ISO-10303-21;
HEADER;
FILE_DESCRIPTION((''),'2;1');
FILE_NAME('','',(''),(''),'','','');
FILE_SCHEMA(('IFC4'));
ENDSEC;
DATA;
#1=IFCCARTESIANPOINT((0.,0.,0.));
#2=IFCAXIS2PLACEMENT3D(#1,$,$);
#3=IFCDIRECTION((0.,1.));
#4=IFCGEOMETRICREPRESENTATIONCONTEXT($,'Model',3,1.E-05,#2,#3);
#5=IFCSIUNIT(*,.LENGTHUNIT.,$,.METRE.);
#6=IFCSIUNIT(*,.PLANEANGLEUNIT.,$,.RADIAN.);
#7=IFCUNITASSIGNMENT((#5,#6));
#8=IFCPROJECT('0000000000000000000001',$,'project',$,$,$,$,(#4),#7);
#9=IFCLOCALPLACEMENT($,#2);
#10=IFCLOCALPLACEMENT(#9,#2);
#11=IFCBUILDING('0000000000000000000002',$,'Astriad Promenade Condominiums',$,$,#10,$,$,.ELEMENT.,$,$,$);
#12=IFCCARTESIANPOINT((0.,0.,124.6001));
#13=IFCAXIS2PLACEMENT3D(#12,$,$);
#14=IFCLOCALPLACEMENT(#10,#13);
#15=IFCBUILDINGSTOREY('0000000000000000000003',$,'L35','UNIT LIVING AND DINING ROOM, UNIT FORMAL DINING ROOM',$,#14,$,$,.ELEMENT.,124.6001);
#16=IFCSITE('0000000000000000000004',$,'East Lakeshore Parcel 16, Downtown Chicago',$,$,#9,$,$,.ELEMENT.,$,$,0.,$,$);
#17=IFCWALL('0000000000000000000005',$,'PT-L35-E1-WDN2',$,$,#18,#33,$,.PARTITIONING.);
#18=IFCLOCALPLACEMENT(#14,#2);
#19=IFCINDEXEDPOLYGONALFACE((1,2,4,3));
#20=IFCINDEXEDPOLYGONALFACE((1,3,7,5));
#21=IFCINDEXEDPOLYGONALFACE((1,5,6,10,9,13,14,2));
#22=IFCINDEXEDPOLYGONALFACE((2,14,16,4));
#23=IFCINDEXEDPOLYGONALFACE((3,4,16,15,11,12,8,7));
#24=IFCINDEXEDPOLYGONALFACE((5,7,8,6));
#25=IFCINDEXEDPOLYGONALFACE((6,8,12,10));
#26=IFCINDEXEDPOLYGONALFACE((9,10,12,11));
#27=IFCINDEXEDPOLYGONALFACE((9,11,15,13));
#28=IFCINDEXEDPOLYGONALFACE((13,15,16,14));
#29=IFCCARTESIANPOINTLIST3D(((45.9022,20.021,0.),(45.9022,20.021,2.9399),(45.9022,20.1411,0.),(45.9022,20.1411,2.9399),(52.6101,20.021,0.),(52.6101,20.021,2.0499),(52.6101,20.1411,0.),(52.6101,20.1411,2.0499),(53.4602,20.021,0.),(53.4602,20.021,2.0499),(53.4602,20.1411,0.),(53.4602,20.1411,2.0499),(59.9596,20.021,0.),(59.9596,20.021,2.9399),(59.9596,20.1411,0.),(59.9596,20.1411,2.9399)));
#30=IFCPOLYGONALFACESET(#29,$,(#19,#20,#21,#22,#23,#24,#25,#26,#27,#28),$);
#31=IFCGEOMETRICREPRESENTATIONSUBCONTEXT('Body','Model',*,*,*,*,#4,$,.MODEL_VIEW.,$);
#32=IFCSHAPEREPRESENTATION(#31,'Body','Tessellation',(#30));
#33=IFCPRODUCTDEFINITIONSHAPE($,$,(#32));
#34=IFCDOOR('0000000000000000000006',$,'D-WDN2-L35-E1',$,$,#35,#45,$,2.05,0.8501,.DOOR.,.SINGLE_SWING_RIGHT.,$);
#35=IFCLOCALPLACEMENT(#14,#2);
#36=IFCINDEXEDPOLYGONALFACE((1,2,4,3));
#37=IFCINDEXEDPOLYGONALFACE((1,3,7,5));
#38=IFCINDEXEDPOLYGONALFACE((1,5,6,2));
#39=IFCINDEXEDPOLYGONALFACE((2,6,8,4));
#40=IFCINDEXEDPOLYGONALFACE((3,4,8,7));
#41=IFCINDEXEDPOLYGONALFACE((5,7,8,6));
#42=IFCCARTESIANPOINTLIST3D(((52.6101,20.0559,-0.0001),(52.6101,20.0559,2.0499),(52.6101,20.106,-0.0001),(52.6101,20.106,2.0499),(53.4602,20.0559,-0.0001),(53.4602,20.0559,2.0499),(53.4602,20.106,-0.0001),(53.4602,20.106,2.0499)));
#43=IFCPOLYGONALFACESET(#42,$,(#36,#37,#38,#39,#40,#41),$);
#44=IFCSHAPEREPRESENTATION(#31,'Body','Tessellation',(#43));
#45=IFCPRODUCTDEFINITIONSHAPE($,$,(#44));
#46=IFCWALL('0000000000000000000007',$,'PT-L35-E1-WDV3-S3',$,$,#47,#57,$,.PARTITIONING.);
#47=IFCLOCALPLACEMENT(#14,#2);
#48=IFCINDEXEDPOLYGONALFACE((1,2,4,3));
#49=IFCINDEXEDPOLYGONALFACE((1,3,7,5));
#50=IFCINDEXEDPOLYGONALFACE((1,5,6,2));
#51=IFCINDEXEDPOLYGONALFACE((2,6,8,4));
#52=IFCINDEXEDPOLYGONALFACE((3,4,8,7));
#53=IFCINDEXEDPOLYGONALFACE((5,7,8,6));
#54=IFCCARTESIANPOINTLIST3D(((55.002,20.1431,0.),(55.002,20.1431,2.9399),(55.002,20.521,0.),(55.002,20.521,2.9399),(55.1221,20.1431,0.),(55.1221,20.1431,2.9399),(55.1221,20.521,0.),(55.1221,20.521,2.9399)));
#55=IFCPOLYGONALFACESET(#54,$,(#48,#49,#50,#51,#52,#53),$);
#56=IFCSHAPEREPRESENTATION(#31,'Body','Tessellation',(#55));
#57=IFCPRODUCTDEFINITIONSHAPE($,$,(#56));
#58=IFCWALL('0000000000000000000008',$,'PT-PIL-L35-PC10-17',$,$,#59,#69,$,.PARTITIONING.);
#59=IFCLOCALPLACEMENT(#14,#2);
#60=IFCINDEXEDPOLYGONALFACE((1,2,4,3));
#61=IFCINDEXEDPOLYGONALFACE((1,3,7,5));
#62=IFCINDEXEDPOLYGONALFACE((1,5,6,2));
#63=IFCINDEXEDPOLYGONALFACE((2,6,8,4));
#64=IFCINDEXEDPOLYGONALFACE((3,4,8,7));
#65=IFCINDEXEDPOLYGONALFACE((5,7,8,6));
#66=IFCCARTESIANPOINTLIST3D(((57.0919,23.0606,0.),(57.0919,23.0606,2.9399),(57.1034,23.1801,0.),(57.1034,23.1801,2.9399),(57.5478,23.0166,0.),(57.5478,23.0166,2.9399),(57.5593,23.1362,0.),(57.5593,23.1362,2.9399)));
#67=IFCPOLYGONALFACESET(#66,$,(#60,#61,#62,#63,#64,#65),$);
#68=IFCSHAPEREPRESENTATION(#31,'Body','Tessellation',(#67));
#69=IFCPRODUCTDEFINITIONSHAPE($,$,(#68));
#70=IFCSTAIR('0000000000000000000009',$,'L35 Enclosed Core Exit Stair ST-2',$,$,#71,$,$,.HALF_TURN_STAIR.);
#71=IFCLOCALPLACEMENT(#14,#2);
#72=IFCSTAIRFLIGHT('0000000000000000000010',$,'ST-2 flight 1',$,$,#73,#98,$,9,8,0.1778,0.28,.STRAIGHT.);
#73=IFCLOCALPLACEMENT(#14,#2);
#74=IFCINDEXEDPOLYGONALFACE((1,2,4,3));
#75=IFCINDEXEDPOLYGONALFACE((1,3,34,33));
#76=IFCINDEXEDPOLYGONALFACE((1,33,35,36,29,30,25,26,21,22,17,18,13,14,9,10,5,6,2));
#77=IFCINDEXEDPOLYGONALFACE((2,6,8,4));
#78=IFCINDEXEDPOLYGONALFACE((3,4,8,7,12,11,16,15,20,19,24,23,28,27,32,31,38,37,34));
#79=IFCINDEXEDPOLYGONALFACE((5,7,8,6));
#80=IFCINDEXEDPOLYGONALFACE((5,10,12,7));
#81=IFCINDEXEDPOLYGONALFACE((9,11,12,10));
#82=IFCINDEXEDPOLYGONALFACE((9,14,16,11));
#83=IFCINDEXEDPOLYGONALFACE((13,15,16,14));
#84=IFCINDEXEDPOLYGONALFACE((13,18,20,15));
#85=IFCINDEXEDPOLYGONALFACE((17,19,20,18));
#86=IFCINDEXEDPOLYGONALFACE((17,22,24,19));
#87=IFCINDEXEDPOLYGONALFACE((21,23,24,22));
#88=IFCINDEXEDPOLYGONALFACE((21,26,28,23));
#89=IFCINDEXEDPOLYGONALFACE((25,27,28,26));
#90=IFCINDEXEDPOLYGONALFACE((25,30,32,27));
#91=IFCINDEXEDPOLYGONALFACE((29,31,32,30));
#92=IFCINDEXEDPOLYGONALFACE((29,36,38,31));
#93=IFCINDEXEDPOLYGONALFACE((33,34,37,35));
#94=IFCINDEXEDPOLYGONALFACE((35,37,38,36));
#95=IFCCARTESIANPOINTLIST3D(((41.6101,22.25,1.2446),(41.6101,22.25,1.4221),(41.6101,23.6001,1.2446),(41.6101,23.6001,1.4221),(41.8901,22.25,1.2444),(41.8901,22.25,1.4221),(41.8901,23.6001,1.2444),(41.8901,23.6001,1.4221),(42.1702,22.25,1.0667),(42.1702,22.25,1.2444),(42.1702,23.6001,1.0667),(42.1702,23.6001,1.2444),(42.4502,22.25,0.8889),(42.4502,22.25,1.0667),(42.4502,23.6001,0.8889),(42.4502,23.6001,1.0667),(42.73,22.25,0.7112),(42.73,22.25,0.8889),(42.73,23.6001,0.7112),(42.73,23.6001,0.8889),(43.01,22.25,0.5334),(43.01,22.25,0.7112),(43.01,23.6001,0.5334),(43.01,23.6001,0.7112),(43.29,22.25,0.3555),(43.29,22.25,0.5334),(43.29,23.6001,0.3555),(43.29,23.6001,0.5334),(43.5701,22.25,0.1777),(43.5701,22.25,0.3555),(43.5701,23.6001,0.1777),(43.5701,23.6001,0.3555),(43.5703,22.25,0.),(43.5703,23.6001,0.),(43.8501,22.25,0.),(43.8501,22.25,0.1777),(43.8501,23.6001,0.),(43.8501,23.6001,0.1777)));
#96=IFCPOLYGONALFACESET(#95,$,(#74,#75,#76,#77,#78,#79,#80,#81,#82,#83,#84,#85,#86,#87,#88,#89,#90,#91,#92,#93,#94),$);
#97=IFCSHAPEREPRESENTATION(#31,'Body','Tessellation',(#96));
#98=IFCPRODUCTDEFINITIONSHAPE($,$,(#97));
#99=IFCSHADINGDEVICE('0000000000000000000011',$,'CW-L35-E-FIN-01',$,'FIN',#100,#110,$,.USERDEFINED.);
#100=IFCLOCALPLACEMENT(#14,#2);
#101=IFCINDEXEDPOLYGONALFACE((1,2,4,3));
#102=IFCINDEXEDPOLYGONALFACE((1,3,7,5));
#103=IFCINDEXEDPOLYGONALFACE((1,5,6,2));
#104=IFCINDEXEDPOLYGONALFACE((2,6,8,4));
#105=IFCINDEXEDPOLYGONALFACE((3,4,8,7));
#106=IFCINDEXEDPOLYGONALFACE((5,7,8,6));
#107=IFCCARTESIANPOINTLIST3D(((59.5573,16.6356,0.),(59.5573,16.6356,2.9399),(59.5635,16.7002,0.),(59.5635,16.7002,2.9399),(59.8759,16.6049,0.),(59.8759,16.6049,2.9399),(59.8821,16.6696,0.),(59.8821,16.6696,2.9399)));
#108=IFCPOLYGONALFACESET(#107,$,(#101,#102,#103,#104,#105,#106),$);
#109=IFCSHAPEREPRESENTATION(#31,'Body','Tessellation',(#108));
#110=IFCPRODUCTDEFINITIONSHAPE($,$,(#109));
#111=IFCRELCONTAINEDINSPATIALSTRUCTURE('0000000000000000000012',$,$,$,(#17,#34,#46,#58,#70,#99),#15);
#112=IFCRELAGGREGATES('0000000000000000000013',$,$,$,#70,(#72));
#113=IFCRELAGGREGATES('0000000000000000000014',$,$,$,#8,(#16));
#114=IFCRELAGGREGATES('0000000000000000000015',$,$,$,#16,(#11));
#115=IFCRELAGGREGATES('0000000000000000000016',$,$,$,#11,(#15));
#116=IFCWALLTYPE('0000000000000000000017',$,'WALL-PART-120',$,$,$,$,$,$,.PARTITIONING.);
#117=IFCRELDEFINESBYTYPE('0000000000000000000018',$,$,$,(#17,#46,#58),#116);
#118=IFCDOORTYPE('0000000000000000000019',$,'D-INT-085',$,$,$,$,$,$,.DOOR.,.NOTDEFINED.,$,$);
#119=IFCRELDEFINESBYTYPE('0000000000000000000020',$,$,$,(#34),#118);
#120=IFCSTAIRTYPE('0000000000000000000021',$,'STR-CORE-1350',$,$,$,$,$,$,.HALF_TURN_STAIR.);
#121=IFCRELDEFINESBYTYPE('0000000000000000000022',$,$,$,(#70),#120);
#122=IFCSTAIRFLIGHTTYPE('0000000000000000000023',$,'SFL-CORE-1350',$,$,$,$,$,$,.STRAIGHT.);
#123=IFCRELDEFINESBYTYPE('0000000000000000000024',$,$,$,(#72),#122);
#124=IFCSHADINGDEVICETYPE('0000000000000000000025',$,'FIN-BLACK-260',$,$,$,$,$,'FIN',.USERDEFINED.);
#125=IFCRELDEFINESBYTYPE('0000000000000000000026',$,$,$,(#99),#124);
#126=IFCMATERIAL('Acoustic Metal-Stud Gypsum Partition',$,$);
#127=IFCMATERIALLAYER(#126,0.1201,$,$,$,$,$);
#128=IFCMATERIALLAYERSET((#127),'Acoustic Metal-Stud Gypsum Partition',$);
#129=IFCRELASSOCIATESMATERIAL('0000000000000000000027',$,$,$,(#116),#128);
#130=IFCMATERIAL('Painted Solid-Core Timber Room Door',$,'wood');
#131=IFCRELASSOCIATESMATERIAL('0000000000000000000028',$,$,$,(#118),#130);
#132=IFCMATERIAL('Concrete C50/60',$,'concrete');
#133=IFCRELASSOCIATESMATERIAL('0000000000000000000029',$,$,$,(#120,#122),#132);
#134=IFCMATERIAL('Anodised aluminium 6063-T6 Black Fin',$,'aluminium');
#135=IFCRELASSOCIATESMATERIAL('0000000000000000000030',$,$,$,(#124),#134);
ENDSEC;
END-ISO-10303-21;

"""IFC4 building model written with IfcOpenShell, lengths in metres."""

from ifc_helpers import new_model, si_unit, direction, frame, frame_2d, origin, origin_2d, place, context, subcontext, project, spatial, polyline, rectangle, outline, extrude, source, transform, mapped, material, layer, layer_set, type_object, type_shapes, element, fill, aggregate, save


model = new_model("IFC4")

# Units and contexts
model_context = context("Model", 3, precision=1e-05, world=origin(), true_north=direction((0.0, 1.0)))
body_context = subcontext(model_context, "Body", "Model", "MODEL_VIEW")
ifc_project = project(units=[si_unit("LENGTHUNIT", "METRE"), si_unit("PLANEANGLEUNIT", "RADIAN")], contexts=[model_context])

# Site, building, storey
site_placement = place(None, origin())
site = spatial("IfcSite", under=ifc_project, at=site_placement, Name="East Lakeshore Parcel 16, Downtown Chicago", CompositionType="ELEMENT", RefElevation=0.0)
building_placement = place(site_placement, origin())
building = spatial("IfcBuilding", under=site, at=building_placement, Name="Astriad Promenade Condominiums", CompositionType="ELEMENT")
storey_placement = place(building_placement, frame((0.0, 0.0, 124.6001)))
storey = spatial("IfcBuildingStorey", under=building, at=storey_placement, Name="L35", Description="UNIT LIVING AND DINING ROOM, UNIT FORMAL DINING ROOM", CompositionType="ELEMENT", Elevation=124.6001)

# Shared definitions
ifc_material_1 = material(Name="Acoustic Metal-Stud Gypsum Partition")
ifc_layer_1 = layer(ifc_material_1, 0.1201)
ifc_layer_set_1 = layer_set([ifc_layer_1], Name="Acoustic Metal-Stud Gypsum Partition")
wall_type_1 = type_object("IfcWallType", Name="WALL-PART-120", PredefinedType="PARTITIONING", material=ifc_layer_set_1)

# Wall, opening, door
ifc_material_2 = material(Name="Painted Solid-Core Timber Room Door", Category="wood")
door_type = type_object("IfcDoorType", Name="D-INT-085", OperationType="NOTDEFINED", PredefinedType="DOOR", material=ifc_material_2)
shared_shape_1 = source(origin(), body_context, "Body", "SweptSolid", [
    extrude(rectangle(XDim=0.8501, YDim=2.05, at=frame_2d((0.425, 1.0249))), frame((0.0, 0.0249, 0.0), z_axis=(0.0, -1.0, 0.0), x_axis=(1.0, 0.0, 0.0)), (0.0, 0.0, 1.0), 0.05),
])
type_shapes(door_type, [shared_shape_1])
wall_1_placement = place(storey_placement, frame((45.9021, 20.0811, 0.0), z_axis=(0.0, 0.0, 1.0), x_axis=(1.0, 0.0, 0.0)))
wall_1 = element("IfcWall", 1, at=wall_1_placement, inside=storey, type_object=wall_type_1, Name="PT-L35-E1-WDN2", PredefinedType="PARTITIONING", context=body_context, shape_type="SweptSolid", body=[
    extrude(rectangle(XDim=14.0574, YDim=0.1201, at=frame_2d((7.0288, 0.0))), origin(), (0.0, 0.0, 1.0), 2.9399),
])
opening_1_placement = place(wall_1_placement, frame((6.708, 0.0, 0.0)))
opening_1 = element("IfcOpeningElement", 2, at=opening_1_placement, cuts=wall_1, PredefinedType="OPENING", context=body_context, shape_type="SweptSolid", body=[
    extrude(rectangle(XDim=0.8501, YDim=2.05, at=frame_2d((0.425, 1.0249))), frame((0.0, 0.0701, 0.0), z_axis=(0.0, -1.0, 0.0), x_axis=(1.0, 0.0, 0.0)), (0.0, 0.0, 1.0), 0.1401),
])
door_1_placement = place(opening_1_placement, origin())
door_1 = element("IfcDoor", 3, at=door_1_placement, inside=storey, type_object=door_type, Name="D-WDN2-L35-E1", OperationType="SINGLE_SWING_RIGHT", OverallHeight=2.05, OverallWidth=0.8501, PredefinedType="DOOR", context=body_context, shape_type="MappedRepresentation", body=[
    mapped(shared_shape_1, transform((0.0, 0.0, 0.0), scale=1.0)),
])
fill(opening_1, door_1)

# Walls
wall_2_placement = place(storey_placement, frame((55.062, 20.1431, 0.0), z_axis=(0.0, 0.0, 1.0), x_axis=(0.0, 1.0, 0.0)))
element("IfcWall", 4, at=wall_2_placement, inside=storey, type_object=wall_type_1, Name="PT-L35-E1-WDV3-S3", PredefinedType="PARTITIONING", context=body_context, shape_type="SweptSolid", body=[
    extrude(rectangle(XDim=0.3779, YDim=0.1201, at=frame_2d((0.189, 0.0))), origin(), (0.0, 0.0, 1.0), 2.9399),
])
wall_3_placement = place(storey_placement, frame((57.0977, 23.1204, 0.0), z_axis=(0.0, 0.0, 1.0), x_axis=(0.995385, -0.095966, 0.0)))
element("IfcWall", 5, at=wall_3_placement, inside=storey, type_object=wall_type_1, Name="PT-PIL-L35-PC10-17", PredefinedType="PARTITIONING", context=body_context, shape_type="SweptSolid", body=[
    extrude(rectangle(XDim=0.458, YDim=0.1201, at=frame_2d((0.229, 0.0))), origin(), (0.0, 0.0, 1.0), 2.9399),
])

# Stair, stair flight
ifc_material_3 = material(Name="Concrete C50/60", Category="concrete")
stair_type = type_object("IfcStairType", Name="STR-CORE-1350", PredefinedType="HALF_TURN_STAIR", material=ifc_material_3)
stair_placement = place(storey_placement, origin())
stair = element("IfcStair", 6, at=stair_placement, inside=storey, type_object=stair_type, Name="L35 Enclosed Core Exit Stair ST-2", PredefinedType="HALF_TURN_STAIR")
stair_flight_type = type_object("IfcStairFlightType", Name="SFL-CORE-1350", PredefinedType="STRAIGHT", material=ifc_material_3)
shared_shape_2 = source(origin(), body_context, "Body", "SweptSolid", [
    extrude(outline(polyline([(0.0, 0.0), (0.0, 0.1777), (0.28, 0.1777), (0.28, 0.3555), (0.5601, 0.3555), (0.5601, 0.5334), (0.8401, 0.5334), (0.8401, 0.7112), (1.1201, 0.7112), (1.1201, 0.8889), (1.3999, 0.8889), (1.3999, 1.0667), (1.6799, 1.0667), (1.6799, 1.2444), (1.96, 1.2444), (1.96, 1.4221), (2.24, 1.4221), (2.24, 1.6001), (2.24, 1.2446), (0.2798, 0.0), (0.0, 0.0)])), frame((0.0, 0.675, 0.0), z_axis=(0.0, -1.0, 0.0), x_axis=(1.0, 0.0, 0.0)), (0.0, 0.0, 1.0), 1.3501),
])
type_shapes(stair_flight_type, [shared_shape_2])
stair_flight_placement = place(storey_placement, frame((43.8501, 22.925, 0.0), z_axis=(0.0, 0.0, 1.0), x_axis=(-1.0, 0.0, 0.0)))
stair_flight = element("IfcStairFlight", 7, at=stair_flight_placement, type_object=stair_flight_type, Name="ST-2 flight 1", NumberOfRisers=9, NumberOfTreads=8, PredefinedType="STRAIGHT", RiserHeight=0.1778, TreadLength=0.28, context=body_context, shape_type="MappedRepresentation", body=[
    mapped(shared_shape_2, transform((0.0, 0.0, 0.0), scale=1.0)),
])
aggregate(stair, [stair_flight])

# Shading device
ifc_material_4 = material(Name="Anodised aluminium 6063-T6 Black Fin", Category="aluminium")
shading_device_type = type_object("IfcShadingDeviceType", Name="FIN-BLACK-260", ElementType="FIN", PredefinedType="USERDEFINED", material=ifc_material_4)
shared_shape_3 = source(origin(), body_context, "Body", "SweptSolid", [
    extrude(rectangle(XDim=0.0649, YDim=0.3201, at=origin_2d()), origin(), (0.0, 0.0, 1.0), 2.9399),
])
type_shapes(shading_device_type, [shared_shape_3])
shading_device_placement = place(storey_placement, frame((59.7197, 16.6526, 0.0), z_axis=(0.0, 0.0, 1.0), x_axis=(-0.095846, -0.995396, 0.0)))
element("IfcShadingDevice", 8, at=shading_device_placement, inside=storey, type_object=shading_device_type, Name="CW-L35-E-FIN-01", ObjectType="FIN", PredefinedType="USERDEFINED", context=body_context, shape_type="MappedRepresentation", body=[
    mapped(shared_shape_3, transform((0.0, 0.0, 0.0), scale=1.0)),
])

save(model, "model.ifc")
